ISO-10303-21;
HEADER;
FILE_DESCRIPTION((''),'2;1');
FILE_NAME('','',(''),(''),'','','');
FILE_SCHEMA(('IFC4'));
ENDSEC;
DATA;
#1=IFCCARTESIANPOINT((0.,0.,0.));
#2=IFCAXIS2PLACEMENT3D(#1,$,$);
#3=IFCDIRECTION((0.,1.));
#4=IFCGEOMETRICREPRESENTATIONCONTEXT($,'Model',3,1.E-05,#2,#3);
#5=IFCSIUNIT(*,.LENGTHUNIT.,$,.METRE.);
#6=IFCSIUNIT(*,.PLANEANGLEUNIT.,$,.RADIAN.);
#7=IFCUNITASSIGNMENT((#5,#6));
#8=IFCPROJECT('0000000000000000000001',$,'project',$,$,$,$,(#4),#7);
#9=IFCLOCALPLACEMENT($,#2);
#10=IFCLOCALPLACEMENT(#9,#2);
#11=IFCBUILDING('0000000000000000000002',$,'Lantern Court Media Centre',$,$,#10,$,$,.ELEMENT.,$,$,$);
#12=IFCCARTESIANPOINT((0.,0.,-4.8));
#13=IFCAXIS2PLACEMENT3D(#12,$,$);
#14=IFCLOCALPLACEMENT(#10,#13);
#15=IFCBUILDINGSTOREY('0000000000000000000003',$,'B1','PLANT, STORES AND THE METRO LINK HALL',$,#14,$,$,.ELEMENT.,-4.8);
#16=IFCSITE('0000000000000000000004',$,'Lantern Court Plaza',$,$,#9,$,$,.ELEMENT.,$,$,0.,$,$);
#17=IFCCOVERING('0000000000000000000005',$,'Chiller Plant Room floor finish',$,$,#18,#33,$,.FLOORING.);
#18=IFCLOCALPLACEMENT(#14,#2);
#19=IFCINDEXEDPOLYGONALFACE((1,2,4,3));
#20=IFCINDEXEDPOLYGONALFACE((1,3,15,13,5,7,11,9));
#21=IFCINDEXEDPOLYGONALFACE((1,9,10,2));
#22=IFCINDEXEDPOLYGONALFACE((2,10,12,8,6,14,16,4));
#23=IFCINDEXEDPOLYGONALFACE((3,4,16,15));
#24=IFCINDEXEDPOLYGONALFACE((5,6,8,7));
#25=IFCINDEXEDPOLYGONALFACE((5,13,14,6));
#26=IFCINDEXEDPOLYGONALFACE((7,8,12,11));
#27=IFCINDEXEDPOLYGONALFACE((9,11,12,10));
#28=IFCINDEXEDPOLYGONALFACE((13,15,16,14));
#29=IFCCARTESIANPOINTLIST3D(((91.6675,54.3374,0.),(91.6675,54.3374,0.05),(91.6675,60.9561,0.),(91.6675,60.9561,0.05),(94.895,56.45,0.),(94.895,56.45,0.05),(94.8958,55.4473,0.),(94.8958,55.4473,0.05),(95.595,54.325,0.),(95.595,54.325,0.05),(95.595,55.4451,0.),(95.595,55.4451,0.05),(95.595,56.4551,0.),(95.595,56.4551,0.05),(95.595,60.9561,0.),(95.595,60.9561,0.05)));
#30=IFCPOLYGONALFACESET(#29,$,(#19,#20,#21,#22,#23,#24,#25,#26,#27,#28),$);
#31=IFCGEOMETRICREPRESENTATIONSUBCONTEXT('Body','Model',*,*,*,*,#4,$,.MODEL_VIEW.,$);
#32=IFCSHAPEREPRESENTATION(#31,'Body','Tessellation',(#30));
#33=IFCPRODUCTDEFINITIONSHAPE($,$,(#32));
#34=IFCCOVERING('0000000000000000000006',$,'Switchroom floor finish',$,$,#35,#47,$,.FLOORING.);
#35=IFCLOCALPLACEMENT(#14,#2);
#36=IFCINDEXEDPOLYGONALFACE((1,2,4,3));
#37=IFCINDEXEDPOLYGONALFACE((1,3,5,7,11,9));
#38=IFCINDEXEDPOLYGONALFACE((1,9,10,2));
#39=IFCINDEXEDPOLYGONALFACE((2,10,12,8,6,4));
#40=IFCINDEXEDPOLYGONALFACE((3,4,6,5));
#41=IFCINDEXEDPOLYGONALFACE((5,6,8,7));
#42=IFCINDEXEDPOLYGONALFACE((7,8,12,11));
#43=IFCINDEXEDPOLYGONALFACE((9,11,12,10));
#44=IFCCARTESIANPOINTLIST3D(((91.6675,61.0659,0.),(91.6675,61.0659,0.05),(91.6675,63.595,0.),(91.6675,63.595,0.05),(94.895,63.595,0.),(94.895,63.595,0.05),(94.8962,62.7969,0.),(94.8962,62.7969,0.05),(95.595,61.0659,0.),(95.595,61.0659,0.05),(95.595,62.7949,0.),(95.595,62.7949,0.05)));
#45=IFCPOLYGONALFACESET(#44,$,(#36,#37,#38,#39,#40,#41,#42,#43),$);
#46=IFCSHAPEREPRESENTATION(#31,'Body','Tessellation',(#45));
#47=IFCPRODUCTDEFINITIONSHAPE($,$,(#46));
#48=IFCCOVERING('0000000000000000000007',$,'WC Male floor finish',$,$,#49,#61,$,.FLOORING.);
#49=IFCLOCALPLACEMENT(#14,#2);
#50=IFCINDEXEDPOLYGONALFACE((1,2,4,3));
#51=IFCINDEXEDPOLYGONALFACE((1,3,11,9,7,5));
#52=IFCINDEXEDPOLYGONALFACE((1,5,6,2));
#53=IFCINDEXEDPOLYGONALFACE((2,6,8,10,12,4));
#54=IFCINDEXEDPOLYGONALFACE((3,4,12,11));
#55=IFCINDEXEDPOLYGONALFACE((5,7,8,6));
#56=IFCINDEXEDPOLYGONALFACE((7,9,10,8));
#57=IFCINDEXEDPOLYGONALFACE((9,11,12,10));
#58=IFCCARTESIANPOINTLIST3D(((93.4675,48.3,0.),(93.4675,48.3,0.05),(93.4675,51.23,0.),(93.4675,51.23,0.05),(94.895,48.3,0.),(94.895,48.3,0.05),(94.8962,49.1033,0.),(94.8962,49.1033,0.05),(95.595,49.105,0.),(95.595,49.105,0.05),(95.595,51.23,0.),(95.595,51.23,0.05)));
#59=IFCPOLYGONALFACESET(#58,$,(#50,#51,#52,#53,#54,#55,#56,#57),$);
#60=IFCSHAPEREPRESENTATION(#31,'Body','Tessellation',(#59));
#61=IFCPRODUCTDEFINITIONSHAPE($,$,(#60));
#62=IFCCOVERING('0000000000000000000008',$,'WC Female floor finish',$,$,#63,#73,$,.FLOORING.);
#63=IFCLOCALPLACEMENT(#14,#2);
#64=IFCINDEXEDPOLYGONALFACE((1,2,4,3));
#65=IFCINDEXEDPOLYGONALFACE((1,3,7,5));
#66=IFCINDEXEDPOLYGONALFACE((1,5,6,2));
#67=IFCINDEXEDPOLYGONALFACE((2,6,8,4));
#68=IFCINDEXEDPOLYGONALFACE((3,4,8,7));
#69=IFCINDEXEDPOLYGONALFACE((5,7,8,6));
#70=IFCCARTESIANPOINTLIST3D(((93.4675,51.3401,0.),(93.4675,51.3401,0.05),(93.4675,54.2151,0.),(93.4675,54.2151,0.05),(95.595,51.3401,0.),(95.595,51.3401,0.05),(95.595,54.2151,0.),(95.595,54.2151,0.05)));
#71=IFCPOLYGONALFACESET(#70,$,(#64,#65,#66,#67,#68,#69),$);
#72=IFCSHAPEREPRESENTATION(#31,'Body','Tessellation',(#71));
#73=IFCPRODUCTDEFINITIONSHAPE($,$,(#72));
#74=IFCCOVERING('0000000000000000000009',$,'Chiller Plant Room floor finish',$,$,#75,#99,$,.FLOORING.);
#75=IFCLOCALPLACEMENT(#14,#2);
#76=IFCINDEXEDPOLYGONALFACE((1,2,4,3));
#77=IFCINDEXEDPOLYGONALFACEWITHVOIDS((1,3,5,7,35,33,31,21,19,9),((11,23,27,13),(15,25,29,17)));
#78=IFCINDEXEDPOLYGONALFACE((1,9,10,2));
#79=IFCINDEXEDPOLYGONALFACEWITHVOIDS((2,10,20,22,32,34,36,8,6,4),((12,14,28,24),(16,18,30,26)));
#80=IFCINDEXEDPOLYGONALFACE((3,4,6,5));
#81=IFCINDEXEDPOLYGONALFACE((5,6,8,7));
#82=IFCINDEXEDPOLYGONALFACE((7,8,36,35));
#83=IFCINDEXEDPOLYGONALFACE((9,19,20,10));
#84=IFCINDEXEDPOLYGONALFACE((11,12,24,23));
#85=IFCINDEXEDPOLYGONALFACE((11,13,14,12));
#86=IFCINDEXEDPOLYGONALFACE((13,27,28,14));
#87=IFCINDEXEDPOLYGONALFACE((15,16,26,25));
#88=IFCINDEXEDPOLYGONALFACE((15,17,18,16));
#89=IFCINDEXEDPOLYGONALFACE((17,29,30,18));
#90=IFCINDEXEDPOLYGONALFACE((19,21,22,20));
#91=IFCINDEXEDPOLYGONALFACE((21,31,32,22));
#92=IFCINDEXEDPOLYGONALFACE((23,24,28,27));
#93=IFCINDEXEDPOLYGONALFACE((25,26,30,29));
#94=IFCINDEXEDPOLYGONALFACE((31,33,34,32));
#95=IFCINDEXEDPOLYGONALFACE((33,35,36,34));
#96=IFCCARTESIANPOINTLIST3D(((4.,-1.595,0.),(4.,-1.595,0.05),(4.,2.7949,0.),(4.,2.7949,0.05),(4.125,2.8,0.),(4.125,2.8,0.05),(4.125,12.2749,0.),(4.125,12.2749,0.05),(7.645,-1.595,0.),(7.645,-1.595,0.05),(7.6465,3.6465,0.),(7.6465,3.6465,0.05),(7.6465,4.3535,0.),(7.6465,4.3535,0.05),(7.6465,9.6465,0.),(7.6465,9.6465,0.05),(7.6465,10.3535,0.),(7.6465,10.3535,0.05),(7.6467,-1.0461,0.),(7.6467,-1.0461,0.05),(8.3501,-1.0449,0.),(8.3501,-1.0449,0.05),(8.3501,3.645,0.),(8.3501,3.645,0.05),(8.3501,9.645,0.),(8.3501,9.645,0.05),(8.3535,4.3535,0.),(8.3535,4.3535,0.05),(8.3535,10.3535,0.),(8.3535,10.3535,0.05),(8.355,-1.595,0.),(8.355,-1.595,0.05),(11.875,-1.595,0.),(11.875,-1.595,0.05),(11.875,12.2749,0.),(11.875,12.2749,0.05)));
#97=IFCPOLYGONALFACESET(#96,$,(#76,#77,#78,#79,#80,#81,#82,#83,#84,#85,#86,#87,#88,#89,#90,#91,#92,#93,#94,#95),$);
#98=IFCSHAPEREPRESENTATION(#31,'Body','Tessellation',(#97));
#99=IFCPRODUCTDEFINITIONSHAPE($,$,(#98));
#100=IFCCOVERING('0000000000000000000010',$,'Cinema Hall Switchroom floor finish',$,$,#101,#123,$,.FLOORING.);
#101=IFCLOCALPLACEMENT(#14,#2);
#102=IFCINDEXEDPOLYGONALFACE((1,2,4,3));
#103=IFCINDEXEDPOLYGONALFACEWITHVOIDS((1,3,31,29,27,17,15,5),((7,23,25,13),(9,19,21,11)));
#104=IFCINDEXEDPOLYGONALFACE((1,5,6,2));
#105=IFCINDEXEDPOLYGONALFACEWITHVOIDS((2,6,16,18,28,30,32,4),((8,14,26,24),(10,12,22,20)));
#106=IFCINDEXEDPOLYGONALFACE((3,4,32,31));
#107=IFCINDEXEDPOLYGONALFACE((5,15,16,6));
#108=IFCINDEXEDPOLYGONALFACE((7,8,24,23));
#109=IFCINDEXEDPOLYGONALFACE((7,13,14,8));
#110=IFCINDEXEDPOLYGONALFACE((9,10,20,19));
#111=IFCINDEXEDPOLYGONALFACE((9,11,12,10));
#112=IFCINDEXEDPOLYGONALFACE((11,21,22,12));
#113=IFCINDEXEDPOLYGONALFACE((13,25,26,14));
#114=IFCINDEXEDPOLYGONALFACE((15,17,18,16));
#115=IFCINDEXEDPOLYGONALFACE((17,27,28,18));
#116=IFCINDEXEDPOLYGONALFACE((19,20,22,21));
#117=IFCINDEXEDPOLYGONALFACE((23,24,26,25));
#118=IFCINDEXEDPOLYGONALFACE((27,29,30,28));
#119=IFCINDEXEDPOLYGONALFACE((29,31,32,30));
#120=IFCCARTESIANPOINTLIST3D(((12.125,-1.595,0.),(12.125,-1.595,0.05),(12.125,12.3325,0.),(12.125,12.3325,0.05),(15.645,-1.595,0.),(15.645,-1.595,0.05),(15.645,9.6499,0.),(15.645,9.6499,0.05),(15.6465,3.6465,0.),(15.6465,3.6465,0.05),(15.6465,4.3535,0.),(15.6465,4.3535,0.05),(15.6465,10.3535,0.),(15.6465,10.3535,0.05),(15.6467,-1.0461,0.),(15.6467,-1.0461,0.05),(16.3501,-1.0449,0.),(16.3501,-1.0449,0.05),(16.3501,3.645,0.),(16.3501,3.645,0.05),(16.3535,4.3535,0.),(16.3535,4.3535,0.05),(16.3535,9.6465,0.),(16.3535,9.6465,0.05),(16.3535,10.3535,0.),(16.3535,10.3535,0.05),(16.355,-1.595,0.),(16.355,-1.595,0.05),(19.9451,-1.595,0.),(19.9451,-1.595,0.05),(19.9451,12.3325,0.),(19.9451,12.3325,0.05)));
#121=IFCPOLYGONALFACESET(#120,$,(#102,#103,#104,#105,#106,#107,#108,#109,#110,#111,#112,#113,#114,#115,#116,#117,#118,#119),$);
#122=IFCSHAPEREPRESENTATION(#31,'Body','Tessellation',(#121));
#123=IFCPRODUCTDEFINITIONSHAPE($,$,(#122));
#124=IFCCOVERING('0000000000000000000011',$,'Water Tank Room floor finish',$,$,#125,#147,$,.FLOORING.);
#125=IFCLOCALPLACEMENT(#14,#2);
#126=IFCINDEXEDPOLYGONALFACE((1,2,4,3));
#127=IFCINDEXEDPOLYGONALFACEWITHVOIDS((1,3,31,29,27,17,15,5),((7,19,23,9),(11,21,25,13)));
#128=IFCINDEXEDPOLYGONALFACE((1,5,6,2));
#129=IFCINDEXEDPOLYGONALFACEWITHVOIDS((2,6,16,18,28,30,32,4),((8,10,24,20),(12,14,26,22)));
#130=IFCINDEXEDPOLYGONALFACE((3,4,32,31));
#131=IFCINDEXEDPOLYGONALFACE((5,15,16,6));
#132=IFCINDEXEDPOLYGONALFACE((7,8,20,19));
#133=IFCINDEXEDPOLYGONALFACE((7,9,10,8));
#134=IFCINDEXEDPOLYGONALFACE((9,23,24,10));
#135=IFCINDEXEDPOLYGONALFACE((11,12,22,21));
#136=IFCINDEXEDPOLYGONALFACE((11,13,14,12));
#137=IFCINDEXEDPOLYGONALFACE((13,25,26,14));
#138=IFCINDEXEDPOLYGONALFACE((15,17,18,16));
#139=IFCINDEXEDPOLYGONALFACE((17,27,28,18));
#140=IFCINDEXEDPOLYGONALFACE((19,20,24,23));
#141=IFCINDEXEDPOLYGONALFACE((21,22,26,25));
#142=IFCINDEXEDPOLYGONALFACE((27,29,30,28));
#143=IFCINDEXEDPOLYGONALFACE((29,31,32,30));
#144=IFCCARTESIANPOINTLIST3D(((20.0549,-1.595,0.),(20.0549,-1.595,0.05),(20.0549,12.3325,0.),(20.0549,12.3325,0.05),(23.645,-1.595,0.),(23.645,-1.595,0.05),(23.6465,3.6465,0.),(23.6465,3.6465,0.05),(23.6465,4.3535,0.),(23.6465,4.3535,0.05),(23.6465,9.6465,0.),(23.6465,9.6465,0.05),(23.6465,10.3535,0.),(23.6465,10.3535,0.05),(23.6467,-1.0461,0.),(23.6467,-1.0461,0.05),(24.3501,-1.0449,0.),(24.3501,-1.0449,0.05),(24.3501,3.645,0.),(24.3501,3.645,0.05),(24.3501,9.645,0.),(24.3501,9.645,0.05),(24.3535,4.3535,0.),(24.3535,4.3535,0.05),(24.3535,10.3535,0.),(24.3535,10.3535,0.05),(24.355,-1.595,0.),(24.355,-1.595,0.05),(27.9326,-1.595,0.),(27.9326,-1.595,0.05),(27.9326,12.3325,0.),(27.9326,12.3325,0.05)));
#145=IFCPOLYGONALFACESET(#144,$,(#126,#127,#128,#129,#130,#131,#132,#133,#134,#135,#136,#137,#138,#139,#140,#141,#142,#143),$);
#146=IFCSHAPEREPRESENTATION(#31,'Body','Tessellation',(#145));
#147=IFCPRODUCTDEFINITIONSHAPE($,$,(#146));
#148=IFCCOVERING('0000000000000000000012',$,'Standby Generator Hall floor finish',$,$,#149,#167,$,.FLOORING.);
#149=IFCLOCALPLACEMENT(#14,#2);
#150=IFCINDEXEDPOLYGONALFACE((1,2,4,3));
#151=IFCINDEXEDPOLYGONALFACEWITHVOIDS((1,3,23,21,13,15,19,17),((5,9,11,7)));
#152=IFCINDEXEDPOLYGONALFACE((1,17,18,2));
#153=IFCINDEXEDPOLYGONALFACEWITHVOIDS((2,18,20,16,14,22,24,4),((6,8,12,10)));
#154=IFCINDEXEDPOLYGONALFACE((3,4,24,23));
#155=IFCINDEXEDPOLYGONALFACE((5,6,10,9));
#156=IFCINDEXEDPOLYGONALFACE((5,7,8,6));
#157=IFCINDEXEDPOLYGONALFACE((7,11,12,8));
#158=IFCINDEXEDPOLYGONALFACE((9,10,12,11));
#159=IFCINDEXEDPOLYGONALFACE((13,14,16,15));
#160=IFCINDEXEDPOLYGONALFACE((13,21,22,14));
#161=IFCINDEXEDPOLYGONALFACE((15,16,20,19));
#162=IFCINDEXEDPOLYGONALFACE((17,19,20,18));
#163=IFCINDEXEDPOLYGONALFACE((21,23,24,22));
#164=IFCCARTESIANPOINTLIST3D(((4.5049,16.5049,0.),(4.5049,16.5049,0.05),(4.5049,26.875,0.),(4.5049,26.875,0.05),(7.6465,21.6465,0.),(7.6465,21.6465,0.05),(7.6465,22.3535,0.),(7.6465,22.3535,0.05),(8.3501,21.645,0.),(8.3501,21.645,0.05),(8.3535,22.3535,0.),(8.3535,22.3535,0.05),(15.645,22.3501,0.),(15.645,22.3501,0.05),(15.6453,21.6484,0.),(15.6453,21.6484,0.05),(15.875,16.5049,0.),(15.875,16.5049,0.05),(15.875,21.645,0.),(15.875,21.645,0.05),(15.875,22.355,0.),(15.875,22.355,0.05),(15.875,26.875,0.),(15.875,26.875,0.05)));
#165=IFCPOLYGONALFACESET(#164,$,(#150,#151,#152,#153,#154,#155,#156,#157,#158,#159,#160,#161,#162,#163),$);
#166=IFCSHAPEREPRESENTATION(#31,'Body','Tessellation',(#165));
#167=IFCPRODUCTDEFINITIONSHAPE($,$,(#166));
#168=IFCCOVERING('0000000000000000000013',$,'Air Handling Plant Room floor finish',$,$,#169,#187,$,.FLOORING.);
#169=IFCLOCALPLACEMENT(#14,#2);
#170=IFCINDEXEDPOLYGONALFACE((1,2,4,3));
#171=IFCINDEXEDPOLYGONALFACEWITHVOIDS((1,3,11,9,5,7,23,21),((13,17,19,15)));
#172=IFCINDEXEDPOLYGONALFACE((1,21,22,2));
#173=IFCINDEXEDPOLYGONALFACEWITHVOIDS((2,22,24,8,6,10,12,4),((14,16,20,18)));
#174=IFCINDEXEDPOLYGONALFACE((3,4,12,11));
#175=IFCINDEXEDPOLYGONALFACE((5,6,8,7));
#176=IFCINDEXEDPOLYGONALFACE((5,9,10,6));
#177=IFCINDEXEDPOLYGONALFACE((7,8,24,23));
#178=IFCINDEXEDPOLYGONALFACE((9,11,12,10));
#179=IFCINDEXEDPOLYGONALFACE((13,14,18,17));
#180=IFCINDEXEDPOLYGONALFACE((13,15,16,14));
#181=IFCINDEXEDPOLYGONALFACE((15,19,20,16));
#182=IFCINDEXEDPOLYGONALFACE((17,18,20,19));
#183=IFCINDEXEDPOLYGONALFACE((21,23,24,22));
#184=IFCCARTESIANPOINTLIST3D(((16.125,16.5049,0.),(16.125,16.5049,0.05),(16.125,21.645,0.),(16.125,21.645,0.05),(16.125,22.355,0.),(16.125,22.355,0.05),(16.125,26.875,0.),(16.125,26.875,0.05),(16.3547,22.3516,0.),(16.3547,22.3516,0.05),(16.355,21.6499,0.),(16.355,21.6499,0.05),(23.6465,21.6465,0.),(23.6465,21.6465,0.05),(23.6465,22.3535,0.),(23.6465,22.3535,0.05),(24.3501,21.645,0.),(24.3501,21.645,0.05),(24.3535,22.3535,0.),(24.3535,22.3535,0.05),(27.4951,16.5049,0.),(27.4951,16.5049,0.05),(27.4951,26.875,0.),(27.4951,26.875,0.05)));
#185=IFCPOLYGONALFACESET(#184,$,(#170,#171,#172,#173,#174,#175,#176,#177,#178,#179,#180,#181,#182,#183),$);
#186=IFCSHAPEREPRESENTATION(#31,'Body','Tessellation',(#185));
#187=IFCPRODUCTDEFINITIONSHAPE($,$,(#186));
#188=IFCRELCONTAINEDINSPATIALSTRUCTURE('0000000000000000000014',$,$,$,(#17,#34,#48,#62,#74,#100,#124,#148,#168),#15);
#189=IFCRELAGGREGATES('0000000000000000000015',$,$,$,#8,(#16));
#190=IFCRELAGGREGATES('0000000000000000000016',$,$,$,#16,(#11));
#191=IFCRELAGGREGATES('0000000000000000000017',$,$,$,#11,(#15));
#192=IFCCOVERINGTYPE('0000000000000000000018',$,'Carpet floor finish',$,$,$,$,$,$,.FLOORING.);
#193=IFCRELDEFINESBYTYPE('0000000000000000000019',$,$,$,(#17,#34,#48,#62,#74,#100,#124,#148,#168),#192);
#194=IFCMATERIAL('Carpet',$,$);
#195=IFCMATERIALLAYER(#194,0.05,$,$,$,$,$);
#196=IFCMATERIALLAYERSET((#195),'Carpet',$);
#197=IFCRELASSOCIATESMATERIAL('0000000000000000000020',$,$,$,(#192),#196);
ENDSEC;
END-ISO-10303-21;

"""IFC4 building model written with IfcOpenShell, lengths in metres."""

from ifc_helpers import new_model, si_unit, direction, frame, origin, place, context, subcontext, project, spatial, polyline, outline, extrude, material, layer, layer_set, type_object, element, save


model = new_model("IFC4")

# Units and contexts
model_context = context("Model", 3, precision=1e-05, world=origin(), true_north=direction((0.0, 1.0)))
body_context = subcontext(model_context, "Body", "Model", "MODEL_VIEW")
ifc_project = project(units=[si_unit("LENGTHUNIT", "METRE"), si_unit("PLANEANGLEUNIT", "RADIAN")], contexts=[model_context])

# Site, building, storey
site_placement = place(None, origin())
site = spatial("IfcSite", under=ifc_project, at=site_placement, Name="Lantern Court Plaza", CompositionType="ELEMENT", RefElevation=0.0)
building_placement = place(site_placement, origin())
building = spatial("IfcBuilding", under=site, at=building_placement, Name="Lantern Court Media Centre", CompositionType="ELEMENT")
storey_placement = place(building_placement, frame((0.0, 0.0, -4.8)))
storey = spatial("IfcBuildingStorey", under=building, at=storey_placement, Name="B1", Description="PLANT, STORES AND THE METRO LINK HALL", CompositionType="ELEMENT", Elevation=-4.8)

# Coverings
ifc_material_1 = material(Name="Carpet")
ifc_layer_1 = layer(ifc_material_1, 0.05)
ifc_layer_set_1 = layer_set([ifc_layer_1], Name="Carpet")
covering_type_1 = type_object("IfcCoveringType", Name="Carpet floor finish", PredefinedType="FLOORING", material=ifc_layer_set_1)
covering_1_placement = place(storey_placement, origin())
element("IfcCovering", 1, at=covering_1_placement, inside=storey, type_object=covering_type_1, Name="Chiller Plant Room floor finish", PredefinedType="FLOORING", context=body_context, shape_type="SweptSolid", body=[
    extrude(outline(polyline([(91.6675, 60.9561), (95.595, 60.9561), (95.595, 56.4551), (94.895, 56.45), (94.8958, 55.4473), (95.595, 55.4451), (95.595, 54.325), (91.6675, 54.3374), (91.6675, 60.9561)])), origin(), (0.0, 0.0, 1.0), 0.05),
])
covering_2_placement = place(storey_placement, origin())
element("IfcCovering", 2, at=covering_2_placement, inside=storey, type_object=covering_type_1, Name="Switchroom floor finish", PredefinedType="FLOORING", context=body_context, shape_type="SweptSolid", body=[
    extrude(outline(polyline([(91.6675, 61.0659), (91.6675, 63.595), (94.895, 63.595), (94.8962, 62.7969), (95.595, 62.7949), (95.595, 61.0659), (91.6675, 61.0659)])), origin(), (0.0, 0.0, 1.0), 0.05),
])
covering_3_placement = place(storey_placement, origin())
element("IfcCovering", 3, at=covering_3_placement, inside=storey, type_object=covering_type_1, Name="WC Male floor finish", PredefinedType="FLOORING", context=body_context, shape_type="SweptSolid", body=[
    extrude(outline(polyline([(93.4675, 48.3), (93.4675, 51.23), (95.595, 51.23), (95.595, 49.105), (94.8962, 49.1033), (94.895, 48.3), (93.4675, 48.3)])), origin(), (0.0, 0.0, 1.0), 0.05),
])
covering_4_placement = place(storey_placement, origin())
element("IfcCovering", 4, at=covering_4_placement, inside=storey, type_object=covering_type_1, Name="WC Female floor finish", PredefinedType="FLOORING", context=body_context, shape_type="SweptSolid", body=[
    extrude(outline(polyline([(95.595, 51.3401), (93.4675, 51.3401), (93.4675, 54.2151), (95.595, 54.2151), (95.595, 51.3401)])), origin(), (0.0, 0.0, 1.0), 0.05),
])
covering_5_placement = place(storey_placement, origin())
element("IfcCovering", 5, at=covering_5_placement, inside=storey, type_object=covering_type_1, Name="Chiller Plant Room floor finish", PredefinedType="FLOORING", context=body_context, shape_type="SweptSolid", body=[
    extrude(outline(polyline([(4.0, 2.7949), (4.125, 2.8), (4.125, 12.2749), (11.875, 12.2749), (11.875, -1.595), (8.355, -1.595), (8.3501, -1.0449), (7.6467, -1.0461), (7.645, -1.595), (4.0, -1.595), (4.0, 2.7949)]), holes=[polyline([(8.3501, 9.645), (8.3535, 10.3535), (7.6465, 10.3535), (7.6465, 9.6465), (8.3501, 9.645)]), polyline([(8.3501, 3.645), (8.3535, 4.3535), (7.6465, 4.3535), (7.6465, 3.6465), (8.3501, 3.645)])]), origin(), (0.0, 0.0, 1.0), 0.05),
])
covering_6_placement = place(storey_placement, origin())
element("IfcCovering", 6, at=covering_6_placement, inside=storey, type_object=covering_type_1, Name="Cinema Hall Switchroom floor finish", PredefinedType="FLOORING", context=body_context, shape_type="SweptSolid", body=[
    extrude(outline(polyline([(16.355, -1.595), (16.3501, -1.0449), (15.6467, -1.0461), (15.645, -1.595), (12.125, -1.595), (12.125, 12.3325), (19.9451, 12.3325), (19.9451, -1.595), (16.355, -1.595)]), holes=[polyline([(16.3501, 3.645), (16.3535, 4.3535), (15.6465, 4.3535), (15.6465, 3.6465), (16.3501, 3.645)]), polyline([(15.645, 9.6499), (16.3535, 9.6465), (16.3535, 10.3535), (15.6465, 10.3535), (15.645, 9.6499)])]), origin(), (0.0, 0.0, 1.0), 0.05),
])
covering_7_placement = place(storey_placement, origin())
element("IfcCovering", 7, at=covering_7_placement, inside=storey, type_object=covering_type_1, Name="Water Tank Room floor finish", PredefinedType="FLOORING", context=body_context, shape_type="SweptSolid", body=[
    extrude(outline(polyline([(24.355, -1.595), (24.3501, -1.0449), (23.6467, -1.0461), (23.645, -1.595), (20.0549, -1.595), (20.0549, 12.3325), (27.9326, 12.3325), (27.9326, -1.595), (24.355, -1.595)]), holes=[polyline([(24.3501, 3.645), (24.3535, 4.3535), (23.6465, 4.3535), (23.6465, 3.6465), (24.3501, 3.645)]), polyline([(24.3501, 9.645), (24.3535, 10.3535), (23.6465, 10.3535), (23.6465, 9.6465), (24.3501, 9.645)])]), origin(), (0.0, 0.0, 1.0), 0.05),
])
covering_8_placement = place(storey_placement, origin())
element("IfcCovering", 8, at=covering_8_placement, inside=storey, type_object=covering_type_1, Name="Standby Generator Hall floor finish", PredefinedType="FLOORING", context=body_context, shape_type="SweptSolid", body=[
    extrude(outline(polyline([(15.875, 26.875), (15.875, 22.355), (15.645, 22.3501), (15.6453, 21.6484), (15.875, 21.645), (15.875, 16.5049), (4.5049, 16.5049), (4.5049, 26.875), (15.875, 26.875)]), holes=[polyline([(8.3501, 21.645), (8.3535, 22.3535), (7.6465, 22.3535), (7.6465, 21.6465), (8.3501, 21.645)])]), origin(), (0.0, 0.0, 1.0), 0.05),
])
covering_9_placement = place(storey_placement, origin())
element("IfcCovering", 9, at=covering_9_placement, inside=storey, type_object=covering_type_1, Name="Air Handling Plant Room floor finish", PredefinedType="FLOORING", context=body_context, shape_type="SweptSolid", body=[
    extrude(outline(polyline([(16.125, 21.645), (16.355, 21.6499), (16.3547, 22.3516), (16.125, 22.355), (16.125, 26.875), (27.4951, 26.875), (27.4951, 16.5049), (16.125, 16.5049), (16.125, 21.645)]), holes=[polyline([(24.3501, 21.645), (24.3535, 22.3535), (23.6465, 22.3535), (23.6465, 21.6465), (24.3501, 21.645)])]), origin(), (0.0, 0.0, 1.0), 0.05),
])

save(model, "model.ifc")
